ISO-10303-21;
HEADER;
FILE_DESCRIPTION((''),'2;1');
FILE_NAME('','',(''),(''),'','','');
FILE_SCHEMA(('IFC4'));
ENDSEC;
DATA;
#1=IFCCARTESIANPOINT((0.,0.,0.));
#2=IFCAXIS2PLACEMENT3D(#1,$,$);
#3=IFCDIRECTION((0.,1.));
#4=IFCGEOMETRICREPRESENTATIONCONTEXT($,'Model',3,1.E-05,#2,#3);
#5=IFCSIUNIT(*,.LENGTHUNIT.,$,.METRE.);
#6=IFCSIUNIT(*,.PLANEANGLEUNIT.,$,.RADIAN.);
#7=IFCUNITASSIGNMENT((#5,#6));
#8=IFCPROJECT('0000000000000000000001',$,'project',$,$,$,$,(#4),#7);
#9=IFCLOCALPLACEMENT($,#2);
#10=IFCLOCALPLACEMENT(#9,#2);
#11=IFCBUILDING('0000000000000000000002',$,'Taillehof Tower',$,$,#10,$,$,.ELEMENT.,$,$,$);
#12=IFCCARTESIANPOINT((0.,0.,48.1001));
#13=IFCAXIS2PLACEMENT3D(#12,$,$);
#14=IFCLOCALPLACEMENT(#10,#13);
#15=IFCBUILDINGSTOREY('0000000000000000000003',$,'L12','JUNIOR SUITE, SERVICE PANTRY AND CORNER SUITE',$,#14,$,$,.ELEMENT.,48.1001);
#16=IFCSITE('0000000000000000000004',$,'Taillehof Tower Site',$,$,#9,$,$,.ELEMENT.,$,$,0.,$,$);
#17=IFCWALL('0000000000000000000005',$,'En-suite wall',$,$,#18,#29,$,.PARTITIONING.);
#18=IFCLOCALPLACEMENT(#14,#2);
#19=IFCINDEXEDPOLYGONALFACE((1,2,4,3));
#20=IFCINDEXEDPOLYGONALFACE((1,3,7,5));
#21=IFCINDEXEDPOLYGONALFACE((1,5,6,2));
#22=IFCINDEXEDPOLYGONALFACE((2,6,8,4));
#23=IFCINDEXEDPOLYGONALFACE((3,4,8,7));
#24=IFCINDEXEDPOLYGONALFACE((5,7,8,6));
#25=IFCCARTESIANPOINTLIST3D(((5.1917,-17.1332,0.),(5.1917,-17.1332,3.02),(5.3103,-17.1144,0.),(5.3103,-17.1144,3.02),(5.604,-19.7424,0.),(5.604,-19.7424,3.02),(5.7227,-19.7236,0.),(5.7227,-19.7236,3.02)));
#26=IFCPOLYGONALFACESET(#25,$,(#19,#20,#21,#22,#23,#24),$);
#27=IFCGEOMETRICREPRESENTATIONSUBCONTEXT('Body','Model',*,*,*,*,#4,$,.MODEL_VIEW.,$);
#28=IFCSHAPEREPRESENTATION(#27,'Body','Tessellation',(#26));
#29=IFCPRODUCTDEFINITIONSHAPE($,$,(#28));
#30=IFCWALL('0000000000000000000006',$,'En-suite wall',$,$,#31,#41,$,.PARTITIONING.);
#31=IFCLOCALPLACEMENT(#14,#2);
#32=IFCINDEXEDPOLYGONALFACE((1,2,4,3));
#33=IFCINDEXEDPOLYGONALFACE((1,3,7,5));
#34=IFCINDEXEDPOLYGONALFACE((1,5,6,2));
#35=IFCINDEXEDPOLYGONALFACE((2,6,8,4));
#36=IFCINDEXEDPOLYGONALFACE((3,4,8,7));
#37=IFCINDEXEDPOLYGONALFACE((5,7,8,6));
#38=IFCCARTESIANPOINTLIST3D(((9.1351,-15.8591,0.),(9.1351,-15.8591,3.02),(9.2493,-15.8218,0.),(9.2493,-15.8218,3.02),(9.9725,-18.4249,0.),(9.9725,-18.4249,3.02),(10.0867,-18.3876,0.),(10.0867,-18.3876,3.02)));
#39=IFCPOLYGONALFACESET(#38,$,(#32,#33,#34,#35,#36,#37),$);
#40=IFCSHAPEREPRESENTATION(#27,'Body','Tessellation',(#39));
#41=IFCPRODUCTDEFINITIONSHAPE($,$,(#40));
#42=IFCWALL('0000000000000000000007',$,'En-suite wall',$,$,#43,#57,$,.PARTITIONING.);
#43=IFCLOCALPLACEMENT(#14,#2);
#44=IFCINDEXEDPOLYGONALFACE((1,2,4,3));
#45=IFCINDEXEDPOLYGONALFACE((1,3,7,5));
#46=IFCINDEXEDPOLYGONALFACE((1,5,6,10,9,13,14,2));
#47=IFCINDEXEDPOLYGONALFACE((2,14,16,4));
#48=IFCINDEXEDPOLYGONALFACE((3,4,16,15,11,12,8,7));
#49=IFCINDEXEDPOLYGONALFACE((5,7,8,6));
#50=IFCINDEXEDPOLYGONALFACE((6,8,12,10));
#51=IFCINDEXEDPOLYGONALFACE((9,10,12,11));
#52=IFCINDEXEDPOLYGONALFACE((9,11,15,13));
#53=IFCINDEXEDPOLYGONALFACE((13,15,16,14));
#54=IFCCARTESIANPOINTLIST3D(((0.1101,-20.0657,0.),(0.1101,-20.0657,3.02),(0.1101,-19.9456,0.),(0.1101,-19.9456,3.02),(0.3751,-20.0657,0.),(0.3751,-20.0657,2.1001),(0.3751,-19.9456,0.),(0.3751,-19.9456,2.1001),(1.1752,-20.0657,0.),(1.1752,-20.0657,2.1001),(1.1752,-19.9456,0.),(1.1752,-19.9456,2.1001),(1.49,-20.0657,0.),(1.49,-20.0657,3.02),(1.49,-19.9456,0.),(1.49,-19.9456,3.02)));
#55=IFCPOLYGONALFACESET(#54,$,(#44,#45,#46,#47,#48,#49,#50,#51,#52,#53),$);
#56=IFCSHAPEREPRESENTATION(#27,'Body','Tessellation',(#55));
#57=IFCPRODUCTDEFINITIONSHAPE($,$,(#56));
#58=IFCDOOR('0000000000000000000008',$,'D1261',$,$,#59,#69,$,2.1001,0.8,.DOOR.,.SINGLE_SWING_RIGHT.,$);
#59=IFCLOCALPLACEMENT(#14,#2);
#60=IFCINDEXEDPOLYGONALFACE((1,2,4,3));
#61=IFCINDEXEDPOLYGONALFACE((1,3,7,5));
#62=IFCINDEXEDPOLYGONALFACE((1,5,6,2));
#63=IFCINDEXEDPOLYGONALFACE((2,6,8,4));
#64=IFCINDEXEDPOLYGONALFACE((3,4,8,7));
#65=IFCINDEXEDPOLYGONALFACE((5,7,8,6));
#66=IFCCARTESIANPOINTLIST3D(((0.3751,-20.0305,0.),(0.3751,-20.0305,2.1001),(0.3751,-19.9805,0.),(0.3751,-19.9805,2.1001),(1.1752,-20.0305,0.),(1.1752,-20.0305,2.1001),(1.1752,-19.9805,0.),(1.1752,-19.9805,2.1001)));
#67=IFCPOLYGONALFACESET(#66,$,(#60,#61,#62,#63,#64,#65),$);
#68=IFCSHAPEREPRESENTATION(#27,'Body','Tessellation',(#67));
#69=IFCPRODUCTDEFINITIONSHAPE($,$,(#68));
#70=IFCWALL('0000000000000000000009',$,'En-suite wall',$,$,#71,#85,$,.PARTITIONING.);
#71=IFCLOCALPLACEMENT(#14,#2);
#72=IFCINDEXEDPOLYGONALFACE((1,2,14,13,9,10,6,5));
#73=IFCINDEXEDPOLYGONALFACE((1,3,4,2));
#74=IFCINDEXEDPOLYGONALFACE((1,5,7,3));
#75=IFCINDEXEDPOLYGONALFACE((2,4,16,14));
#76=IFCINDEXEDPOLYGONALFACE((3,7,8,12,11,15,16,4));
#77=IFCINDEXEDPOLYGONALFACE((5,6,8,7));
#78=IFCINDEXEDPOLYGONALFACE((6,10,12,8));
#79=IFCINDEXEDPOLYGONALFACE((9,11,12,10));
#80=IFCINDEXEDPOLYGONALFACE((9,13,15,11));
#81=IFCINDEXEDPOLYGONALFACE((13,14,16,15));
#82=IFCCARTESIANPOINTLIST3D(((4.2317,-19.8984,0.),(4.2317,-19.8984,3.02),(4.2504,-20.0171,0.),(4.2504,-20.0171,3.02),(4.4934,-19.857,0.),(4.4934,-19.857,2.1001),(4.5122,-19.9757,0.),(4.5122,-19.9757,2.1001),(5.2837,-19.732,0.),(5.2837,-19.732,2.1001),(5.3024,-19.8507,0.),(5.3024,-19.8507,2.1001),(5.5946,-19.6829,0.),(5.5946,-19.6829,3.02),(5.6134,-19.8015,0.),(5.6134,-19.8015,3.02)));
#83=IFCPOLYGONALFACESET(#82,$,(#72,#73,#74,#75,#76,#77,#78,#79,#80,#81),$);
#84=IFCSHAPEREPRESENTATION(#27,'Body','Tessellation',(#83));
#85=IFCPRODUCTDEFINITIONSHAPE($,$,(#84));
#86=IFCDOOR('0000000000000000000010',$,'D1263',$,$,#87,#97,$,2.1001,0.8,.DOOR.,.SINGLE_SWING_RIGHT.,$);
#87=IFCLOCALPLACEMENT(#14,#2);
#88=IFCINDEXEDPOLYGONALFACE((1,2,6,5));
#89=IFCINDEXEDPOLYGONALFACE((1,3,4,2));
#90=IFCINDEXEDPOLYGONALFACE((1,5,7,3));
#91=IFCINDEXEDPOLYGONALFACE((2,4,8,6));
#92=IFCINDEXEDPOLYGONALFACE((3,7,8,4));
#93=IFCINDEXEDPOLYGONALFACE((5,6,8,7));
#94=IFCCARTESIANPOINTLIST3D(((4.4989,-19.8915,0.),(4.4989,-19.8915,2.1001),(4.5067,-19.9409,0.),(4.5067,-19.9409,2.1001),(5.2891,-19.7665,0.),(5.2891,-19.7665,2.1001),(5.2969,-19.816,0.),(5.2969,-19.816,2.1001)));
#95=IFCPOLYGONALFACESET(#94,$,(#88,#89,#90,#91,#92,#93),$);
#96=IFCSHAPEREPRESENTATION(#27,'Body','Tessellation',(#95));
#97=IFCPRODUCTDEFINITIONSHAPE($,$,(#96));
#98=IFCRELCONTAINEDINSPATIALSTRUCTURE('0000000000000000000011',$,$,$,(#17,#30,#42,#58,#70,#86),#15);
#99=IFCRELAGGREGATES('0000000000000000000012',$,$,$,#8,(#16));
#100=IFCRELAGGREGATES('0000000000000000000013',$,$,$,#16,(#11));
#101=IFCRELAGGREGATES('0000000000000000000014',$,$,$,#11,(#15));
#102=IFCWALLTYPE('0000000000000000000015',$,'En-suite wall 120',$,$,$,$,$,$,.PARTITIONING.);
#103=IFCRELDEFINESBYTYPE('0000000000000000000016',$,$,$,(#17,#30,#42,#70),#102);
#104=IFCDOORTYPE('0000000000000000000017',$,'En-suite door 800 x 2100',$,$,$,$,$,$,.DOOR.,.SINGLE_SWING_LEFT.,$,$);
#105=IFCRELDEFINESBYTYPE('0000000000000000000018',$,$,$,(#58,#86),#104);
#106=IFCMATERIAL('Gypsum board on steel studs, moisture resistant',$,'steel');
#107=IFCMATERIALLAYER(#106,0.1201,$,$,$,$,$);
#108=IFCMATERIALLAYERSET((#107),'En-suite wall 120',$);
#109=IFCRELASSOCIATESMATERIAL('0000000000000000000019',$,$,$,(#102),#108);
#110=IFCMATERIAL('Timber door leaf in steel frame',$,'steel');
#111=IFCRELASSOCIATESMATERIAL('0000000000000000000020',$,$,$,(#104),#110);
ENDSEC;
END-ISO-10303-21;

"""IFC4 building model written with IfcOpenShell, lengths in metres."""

from ifc_helpers import new_model, si_unit, direction, frame, frame_2d, origin, place, context, subcontext, project, spatial, rectangle, extrude, material, layer, layer_set, type_object, element, fill, save


model = new_model("IFC4")

# Units and contexts
model_context = context("Model", 3, precision=1e-05, world=origin(), true_north=direction((0.0, 1.0)))
body_context = subcontext(model_context, "Body", "Model", "MODEL_VIEW")
ifc_project = project(units=[si_unit("LENGTHUNIT", "METRE"), si_unit("PLANEANGLEUNIT", "RADIAN")], contexts=[model_context])

# Site, building, storey
site_placement = place(None, origin())
site = spatial("IfcSite", under=ifc_project, at=site_placement, Name="Taillehof Tower Site", CompositionType="ELEMENT", RefElevation=0.0)
building_placement = place(site_placement, origin())
building = spatial("IfcBuilding", under=site, at=building_placement, Name="Taillehof Tower", CompositionType="ELEMENT")
storey_placement = place(building_placement, frame((0.0, 0.0, 48.1001)))
storey = spatial("IfcBuildingStorey", under=building, at=storey_placement, Name="L12", Description="JUNIOR SUITE, SERVICE PANTRY AND CORNER SUITE", CompositionType="ELEMENT", Elevation=48.1001)

# Walls
ifc_material_1 = material(Name="Gypsum board on steel studs, moisture resistant", Category="steel")
ifc_layer_1 = layer(ifc_material_1, 0.1201)
ifc_layer_set_1 = layer_set([ifc_layer_1], Name="En-suite wall 120")
wall_type_1 = type_object("IfcWallType", Name="En-suite wall 120", PredefinedType="PARTITIONING", material=ifc_layer_set_1)
wall_1_placement = place(storey_placement, frame((5.251, -17.1238, 0.0), z_axis=(0.0, 0.0, 1.0), x_axis=(0.156105, -0.98774, 0.0)))
element("IfcWall", 1, at=wall_1_placement, inside=storey, type_object=wall_type_1, Name="En-suite wall", PredefinedType="PARTITIONING", context=body_context, shape_type="SweptSolid", body=[
    extrude(rectangle(XDim=2.6416, YDim=0.1201, at=frame_2d((1.3208, 0.0))), origin(), (0.0, 0.0, 1.0), 3.02),
])
wall_2_placement = place(storey_placement, frame((9.1921, -15.8403, 0.0), z_axis=(0.0, 0.0, 1.0), x_axis=(0.310278, -0.950646, 0.0)))
element("IfcWall", 2, at=wall_2_placement, inside=storey, type_object=wall_type_1, Name="En-suite wall", PredefinedType="PARTITIONING", context=body_context, shape_type="SweptSolid", body=[
    extrude(rectangle(XDim=2.699, YDim=0.1201, at=frame_2d((1.3496, 0.0))), origin(), (0.0, 0.0, 1.0), 3.02),
])

# Walls, openings, doors
wall_3_placement = place(storey_placement, frame((1.49, -20.0056, 0.0), z_axis=(0.0, 0.0, 1.0), x_axis=(-1.0, 0.0, 0.0)))
wall_3 = element("IfcWall", 3, at=wall_3_placement, inside=storey, type_object=wall_type_1, Name="En-suite wall", PredefinedType="PARTITIONING", context=body_context, shape_type="SweptSolid", body=[
    extrude(rectangle(XDim=1.3799, YDim=0.1201, at=frame_2d((0.6899, 0.0))), origin(), (0.0, 0.0, 1.0), 3.02),
])
opening_1_placement = place(wall_3_placement, frame((0.3149, 0.0, 0.0)))
opening_1 = element("IfcOpeningElement", 4, at=opening_1_placement, cuts=wall_3, PredefinedType="OPENING", context=body_context, shape_type="SweptSolid", body=[
    extrude(rectangle(XDim=0.8, YDim=2.1001, at=frame_2d((0.3999, 1.05))), frame((0.0, 0.0701, 0.0), z_axis=(0.0, -1.0, 0.0), x_axis=(1.0, 0.0, 0.0)), (0.0, 0.0, 1.0), 0.1401),
])
ifc_material_2 = material(Name="Timber door leaf in steel frame", Category="steel")
door_type_1 = type_object("IfcDoorType", Name="En-suite door 800 x 2100", OperationType="SINGLE_SWING_LEFT", PredefinedType="DOOR", material=ifc_material_2)
door_1_placement = place(opening_1_placement, origin())
door_1 = element("IfcDoor", 5, at=door_1_placement, inside=storey, type_object=door_type_1, Name="D1261", OperationType="SINGLE_SWING_RIGHT", OverallHeight=2.1001, OverallWidth=0.8, PredefinedType="DOOR", context=body_context, shape_type="SweptSolid", body=[
    extrude(rectangle(XDim=0.8, YDim=2.1001, at=frame_2d((0.3999, 1.05))), frame((0.0, 0.0249, 0.0), z_axis=(0.0, -1.0, 0.0), x_axis=(1.0, 0.0, 0.0)), (0.0, 0.0, 1.0), 0.05),
])
fill(opening_1, door_1)
wall_4_placement = place(storey_placement, frame((5.604, -19.7422, 0.0), z_axis=(0.0, 0.0, 1.0), x_axis=(-0.987723, -0.156217, 0.0)))
wall_4 = element("IfcWall", 6, at=wall_4_placement, inside=storey, type_object=wall_type_1, Name="En-suite wall", PredefinedType="PARTITIONING", context=body_context, shape_type="SweptSolid", body=[
    extrude(rectangle(XDim=1.3799, YDim=0.1201, at=frame_2d((0.6899, 0.0))), origin(), (0.0, 0.0, 1.0), 3.02),
])
opening_2_placement = place(wall_4_placement, frame((0.3149, 0.0, 0.0)))
opening_2 = element("IfcOpeningElement", 7, at=opening_2_placement, cuts=wall_4, PredefinedType="OPENING", context=body_context, shape_type="SweptSolid", body=[
    extrude(rectangle(XDim=0.8, YDim=2.1001, at=frame_2d((0.3999, 1.05))), frame((0.0, 0.0701, 0.0), z_axis=(0.0, -1.0, 0.0), x_axis=(1.0, 0.0, 0.0)), (0.0, 0.0, 1.0), 0.1401),
])
door_2_placement = place(opening_2_placement, origin())
door_2 = element("IfcDoor", 8, at=door_2_placement, inside=storey, type_object=door_type_1, Name="D1263", OperationType="SINGLE_SWING_RIGHT", OverallHeight=2.1001, OverallWidth=0.8, PredefinedType="DOOR", context=body_context, shape_type="SweptSolid", body=[
    extrude(rectangle(XDim=0.8, YDim=2.1001, at=frame_2d((0.3999, 1.05))), frame((0.0, 0.0249, 0.0), z_axis=(0.0, -1.0, 0.0), x_axis=(1.0, 0.0, 0.0)), (0.0, 0.0, 1.0), 0.05),
])
fill(opening_2, door_2)

save(model, "model.ifc")
